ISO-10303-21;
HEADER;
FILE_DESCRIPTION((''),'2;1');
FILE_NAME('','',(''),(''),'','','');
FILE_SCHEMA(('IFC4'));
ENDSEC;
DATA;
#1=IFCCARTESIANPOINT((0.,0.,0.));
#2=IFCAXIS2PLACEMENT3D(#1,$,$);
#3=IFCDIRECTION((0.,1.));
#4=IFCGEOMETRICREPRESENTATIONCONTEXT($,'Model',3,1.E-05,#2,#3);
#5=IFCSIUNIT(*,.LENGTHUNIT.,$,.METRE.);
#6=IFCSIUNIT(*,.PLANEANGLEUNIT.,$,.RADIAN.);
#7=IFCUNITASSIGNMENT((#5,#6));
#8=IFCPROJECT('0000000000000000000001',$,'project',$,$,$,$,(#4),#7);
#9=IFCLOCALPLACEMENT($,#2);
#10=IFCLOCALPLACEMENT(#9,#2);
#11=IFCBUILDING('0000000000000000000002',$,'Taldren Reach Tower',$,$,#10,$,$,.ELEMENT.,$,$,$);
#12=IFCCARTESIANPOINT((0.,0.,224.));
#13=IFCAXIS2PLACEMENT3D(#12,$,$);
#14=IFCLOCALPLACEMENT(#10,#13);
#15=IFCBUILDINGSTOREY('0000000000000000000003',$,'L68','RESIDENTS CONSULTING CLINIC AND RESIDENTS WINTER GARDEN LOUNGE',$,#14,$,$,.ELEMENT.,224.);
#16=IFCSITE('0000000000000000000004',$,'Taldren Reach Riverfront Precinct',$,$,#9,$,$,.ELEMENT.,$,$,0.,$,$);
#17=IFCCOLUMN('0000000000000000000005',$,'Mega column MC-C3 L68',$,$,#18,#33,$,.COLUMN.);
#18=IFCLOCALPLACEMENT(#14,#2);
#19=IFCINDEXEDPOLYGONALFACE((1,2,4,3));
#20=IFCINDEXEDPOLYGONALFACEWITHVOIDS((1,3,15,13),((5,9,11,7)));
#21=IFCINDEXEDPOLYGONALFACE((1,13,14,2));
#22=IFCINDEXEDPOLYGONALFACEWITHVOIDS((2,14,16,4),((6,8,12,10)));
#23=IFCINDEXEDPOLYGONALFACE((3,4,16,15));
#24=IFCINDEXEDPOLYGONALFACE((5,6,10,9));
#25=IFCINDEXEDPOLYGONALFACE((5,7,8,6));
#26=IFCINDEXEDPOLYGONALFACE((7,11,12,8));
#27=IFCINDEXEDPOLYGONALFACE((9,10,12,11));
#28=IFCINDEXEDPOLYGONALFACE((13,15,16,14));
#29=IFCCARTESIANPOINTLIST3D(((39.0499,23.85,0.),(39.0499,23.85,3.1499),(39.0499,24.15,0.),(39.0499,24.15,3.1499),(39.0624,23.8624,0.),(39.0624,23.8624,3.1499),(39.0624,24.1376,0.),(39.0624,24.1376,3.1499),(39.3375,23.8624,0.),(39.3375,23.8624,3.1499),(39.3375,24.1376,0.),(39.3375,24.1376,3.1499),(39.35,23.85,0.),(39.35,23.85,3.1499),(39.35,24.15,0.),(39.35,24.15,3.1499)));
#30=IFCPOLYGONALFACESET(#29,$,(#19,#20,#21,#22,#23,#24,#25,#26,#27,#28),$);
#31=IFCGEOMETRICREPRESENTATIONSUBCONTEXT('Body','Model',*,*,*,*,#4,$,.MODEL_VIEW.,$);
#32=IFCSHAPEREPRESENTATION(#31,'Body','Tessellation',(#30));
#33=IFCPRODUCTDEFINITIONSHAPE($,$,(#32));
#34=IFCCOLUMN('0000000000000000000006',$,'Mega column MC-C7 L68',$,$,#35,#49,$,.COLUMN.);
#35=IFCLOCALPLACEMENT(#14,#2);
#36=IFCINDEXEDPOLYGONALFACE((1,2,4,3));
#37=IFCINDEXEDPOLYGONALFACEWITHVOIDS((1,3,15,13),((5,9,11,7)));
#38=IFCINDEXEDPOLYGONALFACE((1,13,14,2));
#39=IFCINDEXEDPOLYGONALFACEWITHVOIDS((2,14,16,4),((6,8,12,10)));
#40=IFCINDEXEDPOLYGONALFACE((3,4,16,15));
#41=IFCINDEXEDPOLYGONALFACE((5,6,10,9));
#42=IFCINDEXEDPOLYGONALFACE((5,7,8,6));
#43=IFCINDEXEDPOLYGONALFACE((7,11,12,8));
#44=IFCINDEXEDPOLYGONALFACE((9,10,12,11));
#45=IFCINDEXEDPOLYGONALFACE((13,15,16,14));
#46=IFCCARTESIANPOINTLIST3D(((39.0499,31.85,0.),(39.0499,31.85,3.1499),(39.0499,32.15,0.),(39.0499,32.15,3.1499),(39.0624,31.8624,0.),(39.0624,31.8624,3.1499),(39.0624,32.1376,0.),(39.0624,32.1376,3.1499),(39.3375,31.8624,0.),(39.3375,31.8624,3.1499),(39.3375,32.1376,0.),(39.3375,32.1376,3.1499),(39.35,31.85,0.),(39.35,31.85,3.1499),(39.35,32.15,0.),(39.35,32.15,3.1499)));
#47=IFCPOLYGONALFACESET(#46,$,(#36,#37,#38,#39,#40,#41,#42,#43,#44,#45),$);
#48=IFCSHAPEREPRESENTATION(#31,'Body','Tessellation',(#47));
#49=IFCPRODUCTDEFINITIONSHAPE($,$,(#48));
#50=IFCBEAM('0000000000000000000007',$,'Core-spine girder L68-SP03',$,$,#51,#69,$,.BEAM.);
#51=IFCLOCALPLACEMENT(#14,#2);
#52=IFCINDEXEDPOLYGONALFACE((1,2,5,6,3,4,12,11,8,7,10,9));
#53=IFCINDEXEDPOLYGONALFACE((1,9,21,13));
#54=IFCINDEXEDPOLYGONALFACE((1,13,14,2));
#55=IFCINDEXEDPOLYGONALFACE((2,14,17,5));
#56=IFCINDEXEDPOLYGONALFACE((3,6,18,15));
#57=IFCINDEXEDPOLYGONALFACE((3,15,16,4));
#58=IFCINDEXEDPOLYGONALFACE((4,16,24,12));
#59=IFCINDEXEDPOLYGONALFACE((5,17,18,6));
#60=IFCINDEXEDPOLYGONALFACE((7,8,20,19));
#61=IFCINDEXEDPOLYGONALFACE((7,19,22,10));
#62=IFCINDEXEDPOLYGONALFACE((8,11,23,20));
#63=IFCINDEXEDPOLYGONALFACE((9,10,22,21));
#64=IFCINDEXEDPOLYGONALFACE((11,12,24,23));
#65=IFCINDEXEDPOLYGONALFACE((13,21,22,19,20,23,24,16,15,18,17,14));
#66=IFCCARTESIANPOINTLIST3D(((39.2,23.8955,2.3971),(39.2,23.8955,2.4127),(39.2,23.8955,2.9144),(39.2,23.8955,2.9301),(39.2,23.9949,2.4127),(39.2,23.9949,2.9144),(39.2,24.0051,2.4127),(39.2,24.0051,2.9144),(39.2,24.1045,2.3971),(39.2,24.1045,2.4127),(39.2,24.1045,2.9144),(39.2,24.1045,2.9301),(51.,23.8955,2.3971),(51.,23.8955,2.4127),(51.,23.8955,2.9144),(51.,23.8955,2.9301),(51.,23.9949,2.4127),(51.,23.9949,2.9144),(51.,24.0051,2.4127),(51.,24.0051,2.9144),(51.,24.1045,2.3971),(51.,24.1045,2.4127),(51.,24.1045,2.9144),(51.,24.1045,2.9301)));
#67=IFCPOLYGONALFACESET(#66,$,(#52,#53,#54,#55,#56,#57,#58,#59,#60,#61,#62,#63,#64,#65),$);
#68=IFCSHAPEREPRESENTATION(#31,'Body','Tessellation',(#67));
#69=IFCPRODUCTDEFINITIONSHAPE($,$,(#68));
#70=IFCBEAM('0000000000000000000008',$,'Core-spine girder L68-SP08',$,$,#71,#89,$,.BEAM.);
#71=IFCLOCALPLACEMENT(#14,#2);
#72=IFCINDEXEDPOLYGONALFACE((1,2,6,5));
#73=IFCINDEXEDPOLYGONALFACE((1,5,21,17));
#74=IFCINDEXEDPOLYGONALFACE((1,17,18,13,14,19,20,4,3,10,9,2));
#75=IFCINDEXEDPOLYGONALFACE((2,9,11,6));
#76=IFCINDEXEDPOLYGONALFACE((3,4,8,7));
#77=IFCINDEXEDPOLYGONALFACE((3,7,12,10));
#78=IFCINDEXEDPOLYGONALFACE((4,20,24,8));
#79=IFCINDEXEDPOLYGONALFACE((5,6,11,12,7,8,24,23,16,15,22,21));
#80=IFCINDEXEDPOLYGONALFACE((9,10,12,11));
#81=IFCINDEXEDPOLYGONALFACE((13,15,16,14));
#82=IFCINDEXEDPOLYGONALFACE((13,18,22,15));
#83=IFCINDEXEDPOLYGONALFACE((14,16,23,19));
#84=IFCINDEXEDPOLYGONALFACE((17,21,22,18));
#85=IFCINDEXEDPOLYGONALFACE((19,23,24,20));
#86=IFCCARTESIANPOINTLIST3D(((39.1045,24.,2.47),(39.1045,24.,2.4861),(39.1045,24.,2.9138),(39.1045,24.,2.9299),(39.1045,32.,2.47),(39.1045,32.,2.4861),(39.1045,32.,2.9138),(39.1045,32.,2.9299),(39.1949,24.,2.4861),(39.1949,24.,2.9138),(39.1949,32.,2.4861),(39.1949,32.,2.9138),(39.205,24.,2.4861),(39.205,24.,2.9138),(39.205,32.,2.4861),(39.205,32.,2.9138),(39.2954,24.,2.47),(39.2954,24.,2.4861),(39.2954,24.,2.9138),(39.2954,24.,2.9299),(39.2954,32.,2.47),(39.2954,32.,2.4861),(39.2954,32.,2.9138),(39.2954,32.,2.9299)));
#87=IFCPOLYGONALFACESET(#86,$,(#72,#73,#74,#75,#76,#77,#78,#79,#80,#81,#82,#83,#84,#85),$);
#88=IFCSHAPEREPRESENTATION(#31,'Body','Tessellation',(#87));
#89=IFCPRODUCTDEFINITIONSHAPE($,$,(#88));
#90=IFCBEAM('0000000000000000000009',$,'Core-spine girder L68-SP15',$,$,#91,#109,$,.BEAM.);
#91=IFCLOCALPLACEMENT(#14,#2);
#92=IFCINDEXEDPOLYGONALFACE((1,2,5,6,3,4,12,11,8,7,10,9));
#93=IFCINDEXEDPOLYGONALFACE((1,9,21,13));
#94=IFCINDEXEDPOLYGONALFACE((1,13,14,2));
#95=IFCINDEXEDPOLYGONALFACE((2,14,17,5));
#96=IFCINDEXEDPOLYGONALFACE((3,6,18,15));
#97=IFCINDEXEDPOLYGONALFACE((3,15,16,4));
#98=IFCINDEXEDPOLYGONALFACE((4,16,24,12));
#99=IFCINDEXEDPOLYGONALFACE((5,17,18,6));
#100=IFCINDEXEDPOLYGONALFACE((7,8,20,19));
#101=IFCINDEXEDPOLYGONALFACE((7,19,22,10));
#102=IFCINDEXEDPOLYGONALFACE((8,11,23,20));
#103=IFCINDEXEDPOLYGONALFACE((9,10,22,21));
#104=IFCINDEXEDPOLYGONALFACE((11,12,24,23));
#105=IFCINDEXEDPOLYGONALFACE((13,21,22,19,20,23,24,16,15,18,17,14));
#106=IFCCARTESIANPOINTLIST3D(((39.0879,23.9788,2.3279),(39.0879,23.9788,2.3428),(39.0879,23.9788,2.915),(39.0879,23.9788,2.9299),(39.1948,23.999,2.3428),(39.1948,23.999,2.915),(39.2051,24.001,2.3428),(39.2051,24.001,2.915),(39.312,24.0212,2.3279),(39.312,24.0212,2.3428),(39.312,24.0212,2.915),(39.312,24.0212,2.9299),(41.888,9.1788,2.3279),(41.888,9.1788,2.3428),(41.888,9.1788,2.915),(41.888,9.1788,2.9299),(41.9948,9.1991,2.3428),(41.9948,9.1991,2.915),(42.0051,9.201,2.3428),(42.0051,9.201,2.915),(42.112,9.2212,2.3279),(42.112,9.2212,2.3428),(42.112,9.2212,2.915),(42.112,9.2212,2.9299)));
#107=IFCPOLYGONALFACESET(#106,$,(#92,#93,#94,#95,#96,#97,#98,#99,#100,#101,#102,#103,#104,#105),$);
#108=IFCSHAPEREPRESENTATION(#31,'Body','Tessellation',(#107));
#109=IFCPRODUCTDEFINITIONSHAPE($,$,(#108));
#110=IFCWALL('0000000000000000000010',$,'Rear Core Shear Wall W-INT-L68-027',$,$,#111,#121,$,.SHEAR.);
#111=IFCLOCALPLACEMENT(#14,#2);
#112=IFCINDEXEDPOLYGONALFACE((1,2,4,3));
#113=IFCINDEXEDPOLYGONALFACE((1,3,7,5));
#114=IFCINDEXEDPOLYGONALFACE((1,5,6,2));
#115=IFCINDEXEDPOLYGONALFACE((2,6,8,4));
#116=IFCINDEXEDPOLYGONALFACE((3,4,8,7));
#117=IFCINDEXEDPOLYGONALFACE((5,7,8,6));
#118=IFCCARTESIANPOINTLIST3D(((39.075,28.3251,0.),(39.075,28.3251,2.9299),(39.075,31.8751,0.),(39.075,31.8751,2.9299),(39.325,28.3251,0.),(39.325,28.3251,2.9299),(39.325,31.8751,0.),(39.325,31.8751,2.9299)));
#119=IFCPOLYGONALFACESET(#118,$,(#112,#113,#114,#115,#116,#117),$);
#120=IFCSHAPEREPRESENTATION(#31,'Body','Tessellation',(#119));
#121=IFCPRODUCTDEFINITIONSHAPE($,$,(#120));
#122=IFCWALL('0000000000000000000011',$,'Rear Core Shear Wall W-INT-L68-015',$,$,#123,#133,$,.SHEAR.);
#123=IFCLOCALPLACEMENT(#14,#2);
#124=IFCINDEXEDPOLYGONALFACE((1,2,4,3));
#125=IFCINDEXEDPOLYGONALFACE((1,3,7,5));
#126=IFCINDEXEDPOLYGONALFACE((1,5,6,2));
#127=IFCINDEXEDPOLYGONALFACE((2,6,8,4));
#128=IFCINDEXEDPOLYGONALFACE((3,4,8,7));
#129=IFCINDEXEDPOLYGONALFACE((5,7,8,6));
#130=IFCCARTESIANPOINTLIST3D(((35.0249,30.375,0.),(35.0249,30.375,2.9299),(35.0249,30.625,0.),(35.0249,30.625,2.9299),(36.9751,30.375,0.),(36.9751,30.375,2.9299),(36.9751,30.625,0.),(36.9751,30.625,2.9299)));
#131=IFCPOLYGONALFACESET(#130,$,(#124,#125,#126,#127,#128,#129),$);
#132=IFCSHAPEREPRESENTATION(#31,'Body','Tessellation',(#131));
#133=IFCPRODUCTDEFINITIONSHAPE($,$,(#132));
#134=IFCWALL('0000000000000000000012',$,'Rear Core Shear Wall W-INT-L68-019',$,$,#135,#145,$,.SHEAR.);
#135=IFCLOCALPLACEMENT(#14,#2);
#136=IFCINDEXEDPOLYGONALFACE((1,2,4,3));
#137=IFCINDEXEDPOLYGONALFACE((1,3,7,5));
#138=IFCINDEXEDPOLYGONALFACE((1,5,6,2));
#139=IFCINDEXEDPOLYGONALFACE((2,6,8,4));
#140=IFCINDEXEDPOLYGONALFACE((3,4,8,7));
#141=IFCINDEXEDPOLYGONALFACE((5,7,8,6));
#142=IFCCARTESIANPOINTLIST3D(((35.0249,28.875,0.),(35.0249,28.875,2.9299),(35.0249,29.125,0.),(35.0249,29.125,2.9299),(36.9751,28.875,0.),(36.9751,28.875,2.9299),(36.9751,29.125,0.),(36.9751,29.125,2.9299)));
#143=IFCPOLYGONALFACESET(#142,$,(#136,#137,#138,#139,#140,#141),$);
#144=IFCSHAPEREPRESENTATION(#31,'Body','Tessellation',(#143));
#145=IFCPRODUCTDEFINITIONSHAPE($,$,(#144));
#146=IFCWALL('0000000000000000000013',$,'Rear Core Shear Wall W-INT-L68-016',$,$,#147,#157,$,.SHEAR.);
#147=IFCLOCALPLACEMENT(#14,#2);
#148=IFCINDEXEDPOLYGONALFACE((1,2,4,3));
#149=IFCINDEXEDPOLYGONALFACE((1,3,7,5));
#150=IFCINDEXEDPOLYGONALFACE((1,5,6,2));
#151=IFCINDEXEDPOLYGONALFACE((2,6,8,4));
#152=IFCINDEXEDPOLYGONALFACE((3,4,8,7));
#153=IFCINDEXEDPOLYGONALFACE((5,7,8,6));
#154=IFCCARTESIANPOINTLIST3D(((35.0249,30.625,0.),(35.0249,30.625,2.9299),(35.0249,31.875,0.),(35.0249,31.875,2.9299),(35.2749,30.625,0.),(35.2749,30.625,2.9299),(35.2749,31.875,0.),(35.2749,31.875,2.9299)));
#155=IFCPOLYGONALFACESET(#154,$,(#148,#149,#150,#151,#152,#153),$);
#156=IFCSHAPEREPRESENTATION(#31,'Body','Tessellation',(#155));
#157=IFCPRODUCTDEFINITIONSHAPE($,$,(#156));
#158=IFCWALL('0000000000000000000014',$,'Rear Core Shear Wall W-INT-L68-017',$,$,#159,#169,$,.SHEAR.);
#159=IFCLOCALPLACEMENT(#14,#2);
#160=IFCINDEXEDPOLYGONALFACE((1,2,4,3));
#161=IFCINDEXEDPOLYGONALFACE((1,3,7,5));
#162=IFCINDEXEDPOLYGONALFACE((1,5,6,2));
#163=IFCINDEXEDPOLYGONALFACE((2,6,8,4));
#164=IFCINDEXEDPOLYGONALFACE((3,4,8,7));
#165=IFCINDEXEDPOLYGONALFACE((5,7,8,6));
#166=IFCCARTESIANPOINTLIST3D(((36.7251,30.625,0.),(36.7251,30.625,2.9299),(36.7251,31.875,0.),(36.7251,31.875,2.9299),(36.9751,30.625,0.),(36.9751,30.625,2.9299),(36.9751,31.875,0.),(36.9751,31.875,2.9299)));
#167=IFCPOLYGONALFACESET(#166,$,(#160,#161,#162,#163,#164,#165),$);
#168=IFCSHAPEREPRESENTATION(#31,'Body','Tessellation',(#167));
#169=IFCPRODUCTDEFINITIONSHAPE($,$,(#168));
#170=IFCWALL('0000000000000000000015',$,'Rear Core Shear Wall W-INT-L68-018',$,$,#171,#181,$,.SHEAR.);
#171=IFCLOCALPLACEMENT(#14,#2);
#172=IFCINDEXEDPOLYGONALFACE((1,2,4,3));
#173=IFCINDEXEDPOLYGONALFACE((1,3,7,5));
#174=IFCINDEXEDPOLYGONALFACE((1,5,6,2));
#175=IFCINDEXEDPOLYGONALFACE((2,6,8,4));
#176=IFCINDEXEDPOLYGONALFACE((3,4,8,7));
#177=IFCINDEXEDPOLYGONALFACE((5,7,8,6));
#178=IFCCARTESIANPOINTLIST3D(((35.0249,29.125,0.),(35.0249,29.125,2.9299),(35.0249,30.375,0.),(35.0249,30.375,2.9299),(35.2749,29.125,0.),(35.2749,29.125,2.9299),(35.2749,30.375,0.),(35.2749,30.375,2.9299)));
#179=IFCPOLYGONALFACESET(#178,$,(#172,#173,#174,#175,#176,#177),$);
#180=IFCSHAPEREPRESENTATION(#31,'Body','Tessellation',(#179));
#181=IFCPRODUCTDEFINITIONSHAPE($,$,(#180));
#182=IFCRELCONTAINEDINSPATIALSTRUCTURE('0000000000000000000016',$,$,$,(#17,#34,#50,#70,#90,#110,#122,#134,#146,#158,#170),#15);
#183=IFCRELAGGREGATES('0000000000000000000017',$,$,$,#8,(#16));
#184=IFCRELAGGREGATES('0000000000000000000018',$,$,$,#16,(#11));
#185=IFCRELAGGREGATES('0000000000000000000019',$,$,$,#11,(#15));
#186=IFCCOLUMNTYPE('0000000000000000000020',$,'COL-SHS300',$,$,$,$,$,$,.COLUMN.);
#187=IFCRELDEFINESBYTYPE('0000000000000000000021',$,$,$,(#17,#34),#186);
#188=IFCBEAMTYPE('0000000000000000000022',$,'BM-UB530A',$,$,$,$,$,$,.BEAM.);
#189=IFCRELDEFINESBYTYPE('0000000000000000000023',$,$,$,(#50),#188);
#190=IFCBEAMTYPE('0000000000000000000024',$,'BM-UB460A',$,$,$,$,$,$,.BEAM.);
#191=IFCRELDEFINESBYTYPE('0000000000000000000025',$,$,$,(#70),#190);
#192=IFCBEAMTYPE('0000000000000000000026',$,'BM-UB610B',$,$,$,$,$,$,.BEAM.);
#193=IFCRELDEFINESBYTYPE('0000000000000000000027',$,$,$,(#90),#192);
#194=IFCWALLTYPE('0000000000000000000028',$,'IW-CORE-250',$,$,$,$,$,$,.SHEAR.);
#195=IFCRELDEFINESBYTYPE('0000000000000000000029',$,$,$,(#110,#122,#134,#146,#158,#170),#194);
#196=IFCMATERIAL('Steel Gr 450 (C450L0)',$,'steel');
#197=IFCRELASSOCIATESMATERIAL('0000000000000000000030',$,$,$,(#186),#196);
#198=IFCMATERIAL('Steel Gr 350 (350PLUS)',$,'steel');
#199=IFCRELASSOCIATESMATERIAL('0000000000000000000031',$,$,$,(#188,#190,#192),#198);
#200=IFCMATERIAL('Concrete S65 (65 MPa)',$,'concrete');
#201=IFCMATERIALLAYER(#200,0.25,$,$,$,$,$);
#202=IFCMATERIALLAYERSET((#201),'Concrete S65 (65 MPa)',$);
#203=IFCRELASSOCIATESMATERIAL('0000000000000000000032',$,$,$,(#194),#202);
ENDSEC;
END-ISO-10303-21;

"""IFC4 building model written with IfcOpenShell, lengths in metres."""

from ifc_helpers import new_model, si_unit, direction, frame, frame_2d, origin, origin_2d, place, context, subcontext, project, spatial, rectangle, hollow_rectangle, i_section, extrude, source, transform, mapped, material, layer, layer_set, material_profile, profile_set, type_object, element, save


model = new_model("IFC4")

# Units and contexts
model_context = context("Model", 3, precision=1e-05, world=origin(), true_north=direction((0.0, 1.0)))
body_context = subcontext(model_context, "Body", "Model", "MODEL_VIEW")
ifc_project = project(units=[si_unit("LENGTHUNIT", "METRE"), si_unit("PLANEANGLEUNIT", "RADIAN")], contexts=[model_context])

# Site, building, storey
site_placement = place(None, origin())
site = spatial("IfcSite", under=ifc_project, at=site_placement, Name="Taldren Reach Riverfront Precinct", CompositionType="ELEMENT", RefElevation=0.0)
building_placement = place(site_placement, origin())
building = spatial("IfcBuilding", under=site, at=building_placement, Name="Taldren Reach Tower", CompositionType="ELEMENT")
storey_placement = place(building_placement, frame((0.0, 0.0, 224.0)))
storey = spatial("IfcBuildingStorey", under=building, at=storey_placement, Name="L68", Description="RESIDENTS CONSULTING CLINIC AND RESIDENTS WINTER GARDEN LOUNGE", CompositionType="ELEMENT", Elevation=224.0)

# Columns
ifc_material_1 = material(Name="Steel Gr 450 (C450L0)", Category="steel")
ifc_material_profile_1 = material_profile(ifc_material_1, hollow_rectangle(XDim=0.3, YDim=0.3, WallThickness=0.0125, at=origin_2d()), Name="300x300x12.5SHS")
ifc_profile_set_1 = profile_set([ifc_material_profile_1], Name="Steel Gr 450 (C450L0)")
column_type = type_object("IfcColumnType", Name="COL-SHS300", PredefinedType="COLUMN", material=ifc_profile_set_1)
shared_shape_1 = source(origin(), body_context, "Body", "SweptSolid", [
    extrude(hollow_rectangle(XDim=0.3, YDim=0.3, WallThickness=0.0125, at=origin_2d()), origin(), (0.0, 0.0, 1.0), 3.1499),
])
for number, where, z_axis, x_axis, name in (
    (1, (39.2, 24.0, 0.0), (0.0, 0.0, 1.0), (1.0, 0.0, 0.0), "Mega column MC-C3 L68"),
    (2, (39.2, 32.0, 0.0), (0.0, 0.0, 1.0), (1.0, 0.0, 0.0), "Mega column MC-C7 L68"),
):
    element("IfcColumn", number, at=place(storey_placement, frame(where, z_axis=z_axis, x_axis=x_axis)), inside=storey, type_object=column_type, Name=name, PredefinedType="COLUMN", context=body_context, shape_type="MappedRepresentation", body=[
        mapped(shared_shape_1, transform((0.0, 0.0, 0.0), scale=1.0)),
    ])

# Beams
ifc_material_2 = material(Name="Steel Gr 350 (350PLUS)", Category="steel")
ifc_material_profile_2 = material_profile(ifc_material_2, i_section(OverallWidth=0.209, OverallDepth=0.533, WebThickness=0.0103, FlangeThickness=0.0156, at=origin_2d()), Name="530UB92.4")
ifc_profile_set_2 = profile_set([ifc_material_profile_2], Name="Steel Gr 350 (350PLUS)")
beam_type_1 = type_object("IfcBeamType", Name="BM-UB530A", PredefinedType="BEAM", material=ifc_profile_set_2)
shared_shape_2 = source(origin(), body_context, "Body", "SweptSolid", [
    extrude(i_section(OverallWidth=0.209, OverallDepth=0.533, WebThickness=0.0103, FlangeThickness=0.0156, at=origin_2d()), origin(), (0.0, 0.0, 1.0), 11.8),
])
beam_1_placement = place(storey_placement, frame((39.2, 24.0, 2.6636), z_axis=(1.0, 0.0, 0.0), x_axis=(0.0, 1.0, 0.0)))
element("IfcBeam", 3, at=beam_1_placement, inside=storey, type_object=beam_type_1, Name="Core-spine girder L68-SP03", PredefinedType="BEAM", context=body_context, shape_type="MappedRepresentation", body=[
    mapped(shared_shape_2, transform((0.0, 0.0, 0.0), scale=1.0)),
])
ifc_material_profile_3 = material_profile(ifc_material_2, i_section(OverallWidth=0.1909, OverallDepth=0.46, WebThickness=0.01, FlangeThickness=0.0161, at=origin_2d()), Name="460UB82.1")
ifc_profile_set_3 = profile_set([ifc_material_profile_3], Name="Steel Gr 350 (350PLUS)")
beam_type_2 = type_object("IfcBeamType", Name="BM-UB460A", PredefinedType="BEAM", material=ifc_profile_set_3)
shared_shape_3 = source(origin(), body_context, "Body", "SweptSolid", [
    extrude(i_section(OverallWidth=0.1909, OverallDepth=0.46, WebThickness=0.01, FlangeThickness=0.0161, at=origin_2d()), origin(), (0.0, 0.0, 1.0), 8.0),
])
beam_2_placement = place(storey_placement, frame((39.2, 24.0, 2.7), z_axis=(0.0, 1.0, 0.0), x_axis=(-1.0, 0.0, 0.0)))
element("IfcBeam", 4, at=beam_2_placement, inside=storey, type_object=beam_type_2, Name="Core-spine girder L68-SP08", PredefinedType="BEAM", context=body_context, shape_type="MappedRepresentation", body=[
    mapped(shared_shape_3, transform((0.0, 0.0, 0.0), scale=1.0)),
])
ifc_material_profile_4 = material_profile(ifc_material_2, i_section(OverallWidth=0.228, OverallDepth=0.6021, WebThickness=0.0105, FlangeThickness=0.0149, at=origin_2d()), Name="610UB101")
ifc_profile_set_4 = profile_set([ifc_material_profile_4], Name="Steel Gr 350 (350PLUS)")
beam_type_3 = type_object("IfcBeamType", Name="BM-UB610B", PredefinedType="BEAM", material=ifc_profile_set_4)
shared_shape_4 = source(origin(), body_context, "Body", "SweptSolid", [
    extrude(i_section(OverallWidth=0.228, OverallDepth=0.6021, WebThickness=0.0105, FlangeThickness=0.0149, at=origin_2d()), origin(), (0.0, 0.0, 1.0), 15.0625),
])
beam_3_placement = place(storey_placement, frame((39.2, 24.0, 2.6289), z_axis=(0.185894, -0.98257, 0.0), x_axis=(0.98257, 0.185894, 0.0)))
element("IfcBeam", 5, at=beam_3_placement, inside=storey, type_object=beam_type_3, Name="Core-spine girder L68-SP15", PredefinedType="BEAM", context=body_context, shape_type="MappedRepresentation", body=[
    mapped(shared_shape_4, transform((0.0, 0.0, 0.0), scale=1.0)),
])

# Walls
ifc_material_3 = material(Name="Concrete S65 (65 MPa)", Category="concrete")
ifc_layer_1 = layer(ifc_material_3, 0.25)
ifc_layer_set_1 = layer_set([ifc_layer_1], Name="Concrete S65 (65 MPa)")
wall_type_1 = type_object("IfcWallType", Name="IW-CORE-250", PredefinedType="SHEAR", material=ifc_layer_set_1)
shared_shape_5 = source(origin(), body_context, "Body", "SweptSolid", [
    extrude(rectangle(XDim=3.55, YDim=0.25, at=frame_2d((1.7749, 0.0))), origin(), (0.0, 0.0, 1.0), 2.9299),
])
wall_1_placement = place(storey_placement, frame((39.2, 31.875, 0.0), z_axis=(0.0, 0.0, 1.0), x_axis=(0.0, -1.0, 0.0)))
element("IfcWall", 6, at=wall_1_placement, inside=storey, type_object=wall_type_1, Name="Rear Core Shear Wall W-INT-L68-027", PredefinedType="SHEAR", context=body_context, shape_type="MappedRepresentation", body=[
    mapped(shared_shape_5, transform((0.0, 0.0, 0.0), scale=1.0)),
])
shared_shape_6 = source(origin(), body_context, "Body", "SweptSolid", [
    extrude(rectangle(XDim=1.9502, YDim=0.25, at=frame_2d((0.9751, 0.0))), origin(), (0.0, 0.0, 1.0), 2.9299),
])
for number, where, z_axis, x_axis, name in (
    (7, (35.0249, 30.5, 0.0), (0.0, 0.0, 1.0), (1.0, 0.0, 0.0), "Rear Core Shear Wall W-INT-L68-015"),
    (8, (35.0249, 29.0, 0.0), (0.0, 0.0, 1.0), (1.0, 0.0, 0.0), "Rear Core Shear Wall W-INT-L68-019"),
):
    element("IfcWall", number, at=place(storey_placement, frame(where, z_axis=z_axis, x_axis=x_axis)), inside=storey, type_object=wall_type_1, Name=name, PredefinedType="SHEAR", context=body_context, shape_type="MappedRepresentation", body=[
        mapped(shared_shape_6, transform((0.0, 0.0, 0.0), scale=1.0)),
    ])
shared_shape_7 = source(origin(), body_context, "Body", "SweptSolid", [
    extrude(rectangle(XDim=1.25, YDim=0.25, at=frame_2d((0.625, 0.0))), origin(), (0.0, 0.0, 1.0), 2.9299),
])
for number, where, z_axis, x_axis, name in (
    (9, (35.1499, 31.875, 0.0), (0.0, 0.0, 1.0), (0.0, -1.0, 0.0), "Rear Core Shear Wall W-INT-L68-016"),
    (10, (36.8501, 30.625, 0.0), (0.0, 0.0, 1.0), (0.0, 1.0, 0.0), "Rear Core Shear Wall W-INT-L68-017"),
    (11, (35.1499, 30.375, 0.0), (0.0, 0.0, 1.0), (0.0, -1.0, 0.0), "Rear Core Shear Wall W-INT-L68-018"),
):
    element("IfcWall", number, at=place(storey_placement, frame(where, z_axis=z_axis, x_axis=x_axis)), inside=storey, type_object=wall_type_1, Name=name, PredefinedType="SHEAR", context=body_context, shape_type="MappedRepresentation", body=[
        mapped(shared_shape_7, transform((0.0, 0.0, 0.0), scale=1.0)),
    ])

save(model, "model.ifc")
